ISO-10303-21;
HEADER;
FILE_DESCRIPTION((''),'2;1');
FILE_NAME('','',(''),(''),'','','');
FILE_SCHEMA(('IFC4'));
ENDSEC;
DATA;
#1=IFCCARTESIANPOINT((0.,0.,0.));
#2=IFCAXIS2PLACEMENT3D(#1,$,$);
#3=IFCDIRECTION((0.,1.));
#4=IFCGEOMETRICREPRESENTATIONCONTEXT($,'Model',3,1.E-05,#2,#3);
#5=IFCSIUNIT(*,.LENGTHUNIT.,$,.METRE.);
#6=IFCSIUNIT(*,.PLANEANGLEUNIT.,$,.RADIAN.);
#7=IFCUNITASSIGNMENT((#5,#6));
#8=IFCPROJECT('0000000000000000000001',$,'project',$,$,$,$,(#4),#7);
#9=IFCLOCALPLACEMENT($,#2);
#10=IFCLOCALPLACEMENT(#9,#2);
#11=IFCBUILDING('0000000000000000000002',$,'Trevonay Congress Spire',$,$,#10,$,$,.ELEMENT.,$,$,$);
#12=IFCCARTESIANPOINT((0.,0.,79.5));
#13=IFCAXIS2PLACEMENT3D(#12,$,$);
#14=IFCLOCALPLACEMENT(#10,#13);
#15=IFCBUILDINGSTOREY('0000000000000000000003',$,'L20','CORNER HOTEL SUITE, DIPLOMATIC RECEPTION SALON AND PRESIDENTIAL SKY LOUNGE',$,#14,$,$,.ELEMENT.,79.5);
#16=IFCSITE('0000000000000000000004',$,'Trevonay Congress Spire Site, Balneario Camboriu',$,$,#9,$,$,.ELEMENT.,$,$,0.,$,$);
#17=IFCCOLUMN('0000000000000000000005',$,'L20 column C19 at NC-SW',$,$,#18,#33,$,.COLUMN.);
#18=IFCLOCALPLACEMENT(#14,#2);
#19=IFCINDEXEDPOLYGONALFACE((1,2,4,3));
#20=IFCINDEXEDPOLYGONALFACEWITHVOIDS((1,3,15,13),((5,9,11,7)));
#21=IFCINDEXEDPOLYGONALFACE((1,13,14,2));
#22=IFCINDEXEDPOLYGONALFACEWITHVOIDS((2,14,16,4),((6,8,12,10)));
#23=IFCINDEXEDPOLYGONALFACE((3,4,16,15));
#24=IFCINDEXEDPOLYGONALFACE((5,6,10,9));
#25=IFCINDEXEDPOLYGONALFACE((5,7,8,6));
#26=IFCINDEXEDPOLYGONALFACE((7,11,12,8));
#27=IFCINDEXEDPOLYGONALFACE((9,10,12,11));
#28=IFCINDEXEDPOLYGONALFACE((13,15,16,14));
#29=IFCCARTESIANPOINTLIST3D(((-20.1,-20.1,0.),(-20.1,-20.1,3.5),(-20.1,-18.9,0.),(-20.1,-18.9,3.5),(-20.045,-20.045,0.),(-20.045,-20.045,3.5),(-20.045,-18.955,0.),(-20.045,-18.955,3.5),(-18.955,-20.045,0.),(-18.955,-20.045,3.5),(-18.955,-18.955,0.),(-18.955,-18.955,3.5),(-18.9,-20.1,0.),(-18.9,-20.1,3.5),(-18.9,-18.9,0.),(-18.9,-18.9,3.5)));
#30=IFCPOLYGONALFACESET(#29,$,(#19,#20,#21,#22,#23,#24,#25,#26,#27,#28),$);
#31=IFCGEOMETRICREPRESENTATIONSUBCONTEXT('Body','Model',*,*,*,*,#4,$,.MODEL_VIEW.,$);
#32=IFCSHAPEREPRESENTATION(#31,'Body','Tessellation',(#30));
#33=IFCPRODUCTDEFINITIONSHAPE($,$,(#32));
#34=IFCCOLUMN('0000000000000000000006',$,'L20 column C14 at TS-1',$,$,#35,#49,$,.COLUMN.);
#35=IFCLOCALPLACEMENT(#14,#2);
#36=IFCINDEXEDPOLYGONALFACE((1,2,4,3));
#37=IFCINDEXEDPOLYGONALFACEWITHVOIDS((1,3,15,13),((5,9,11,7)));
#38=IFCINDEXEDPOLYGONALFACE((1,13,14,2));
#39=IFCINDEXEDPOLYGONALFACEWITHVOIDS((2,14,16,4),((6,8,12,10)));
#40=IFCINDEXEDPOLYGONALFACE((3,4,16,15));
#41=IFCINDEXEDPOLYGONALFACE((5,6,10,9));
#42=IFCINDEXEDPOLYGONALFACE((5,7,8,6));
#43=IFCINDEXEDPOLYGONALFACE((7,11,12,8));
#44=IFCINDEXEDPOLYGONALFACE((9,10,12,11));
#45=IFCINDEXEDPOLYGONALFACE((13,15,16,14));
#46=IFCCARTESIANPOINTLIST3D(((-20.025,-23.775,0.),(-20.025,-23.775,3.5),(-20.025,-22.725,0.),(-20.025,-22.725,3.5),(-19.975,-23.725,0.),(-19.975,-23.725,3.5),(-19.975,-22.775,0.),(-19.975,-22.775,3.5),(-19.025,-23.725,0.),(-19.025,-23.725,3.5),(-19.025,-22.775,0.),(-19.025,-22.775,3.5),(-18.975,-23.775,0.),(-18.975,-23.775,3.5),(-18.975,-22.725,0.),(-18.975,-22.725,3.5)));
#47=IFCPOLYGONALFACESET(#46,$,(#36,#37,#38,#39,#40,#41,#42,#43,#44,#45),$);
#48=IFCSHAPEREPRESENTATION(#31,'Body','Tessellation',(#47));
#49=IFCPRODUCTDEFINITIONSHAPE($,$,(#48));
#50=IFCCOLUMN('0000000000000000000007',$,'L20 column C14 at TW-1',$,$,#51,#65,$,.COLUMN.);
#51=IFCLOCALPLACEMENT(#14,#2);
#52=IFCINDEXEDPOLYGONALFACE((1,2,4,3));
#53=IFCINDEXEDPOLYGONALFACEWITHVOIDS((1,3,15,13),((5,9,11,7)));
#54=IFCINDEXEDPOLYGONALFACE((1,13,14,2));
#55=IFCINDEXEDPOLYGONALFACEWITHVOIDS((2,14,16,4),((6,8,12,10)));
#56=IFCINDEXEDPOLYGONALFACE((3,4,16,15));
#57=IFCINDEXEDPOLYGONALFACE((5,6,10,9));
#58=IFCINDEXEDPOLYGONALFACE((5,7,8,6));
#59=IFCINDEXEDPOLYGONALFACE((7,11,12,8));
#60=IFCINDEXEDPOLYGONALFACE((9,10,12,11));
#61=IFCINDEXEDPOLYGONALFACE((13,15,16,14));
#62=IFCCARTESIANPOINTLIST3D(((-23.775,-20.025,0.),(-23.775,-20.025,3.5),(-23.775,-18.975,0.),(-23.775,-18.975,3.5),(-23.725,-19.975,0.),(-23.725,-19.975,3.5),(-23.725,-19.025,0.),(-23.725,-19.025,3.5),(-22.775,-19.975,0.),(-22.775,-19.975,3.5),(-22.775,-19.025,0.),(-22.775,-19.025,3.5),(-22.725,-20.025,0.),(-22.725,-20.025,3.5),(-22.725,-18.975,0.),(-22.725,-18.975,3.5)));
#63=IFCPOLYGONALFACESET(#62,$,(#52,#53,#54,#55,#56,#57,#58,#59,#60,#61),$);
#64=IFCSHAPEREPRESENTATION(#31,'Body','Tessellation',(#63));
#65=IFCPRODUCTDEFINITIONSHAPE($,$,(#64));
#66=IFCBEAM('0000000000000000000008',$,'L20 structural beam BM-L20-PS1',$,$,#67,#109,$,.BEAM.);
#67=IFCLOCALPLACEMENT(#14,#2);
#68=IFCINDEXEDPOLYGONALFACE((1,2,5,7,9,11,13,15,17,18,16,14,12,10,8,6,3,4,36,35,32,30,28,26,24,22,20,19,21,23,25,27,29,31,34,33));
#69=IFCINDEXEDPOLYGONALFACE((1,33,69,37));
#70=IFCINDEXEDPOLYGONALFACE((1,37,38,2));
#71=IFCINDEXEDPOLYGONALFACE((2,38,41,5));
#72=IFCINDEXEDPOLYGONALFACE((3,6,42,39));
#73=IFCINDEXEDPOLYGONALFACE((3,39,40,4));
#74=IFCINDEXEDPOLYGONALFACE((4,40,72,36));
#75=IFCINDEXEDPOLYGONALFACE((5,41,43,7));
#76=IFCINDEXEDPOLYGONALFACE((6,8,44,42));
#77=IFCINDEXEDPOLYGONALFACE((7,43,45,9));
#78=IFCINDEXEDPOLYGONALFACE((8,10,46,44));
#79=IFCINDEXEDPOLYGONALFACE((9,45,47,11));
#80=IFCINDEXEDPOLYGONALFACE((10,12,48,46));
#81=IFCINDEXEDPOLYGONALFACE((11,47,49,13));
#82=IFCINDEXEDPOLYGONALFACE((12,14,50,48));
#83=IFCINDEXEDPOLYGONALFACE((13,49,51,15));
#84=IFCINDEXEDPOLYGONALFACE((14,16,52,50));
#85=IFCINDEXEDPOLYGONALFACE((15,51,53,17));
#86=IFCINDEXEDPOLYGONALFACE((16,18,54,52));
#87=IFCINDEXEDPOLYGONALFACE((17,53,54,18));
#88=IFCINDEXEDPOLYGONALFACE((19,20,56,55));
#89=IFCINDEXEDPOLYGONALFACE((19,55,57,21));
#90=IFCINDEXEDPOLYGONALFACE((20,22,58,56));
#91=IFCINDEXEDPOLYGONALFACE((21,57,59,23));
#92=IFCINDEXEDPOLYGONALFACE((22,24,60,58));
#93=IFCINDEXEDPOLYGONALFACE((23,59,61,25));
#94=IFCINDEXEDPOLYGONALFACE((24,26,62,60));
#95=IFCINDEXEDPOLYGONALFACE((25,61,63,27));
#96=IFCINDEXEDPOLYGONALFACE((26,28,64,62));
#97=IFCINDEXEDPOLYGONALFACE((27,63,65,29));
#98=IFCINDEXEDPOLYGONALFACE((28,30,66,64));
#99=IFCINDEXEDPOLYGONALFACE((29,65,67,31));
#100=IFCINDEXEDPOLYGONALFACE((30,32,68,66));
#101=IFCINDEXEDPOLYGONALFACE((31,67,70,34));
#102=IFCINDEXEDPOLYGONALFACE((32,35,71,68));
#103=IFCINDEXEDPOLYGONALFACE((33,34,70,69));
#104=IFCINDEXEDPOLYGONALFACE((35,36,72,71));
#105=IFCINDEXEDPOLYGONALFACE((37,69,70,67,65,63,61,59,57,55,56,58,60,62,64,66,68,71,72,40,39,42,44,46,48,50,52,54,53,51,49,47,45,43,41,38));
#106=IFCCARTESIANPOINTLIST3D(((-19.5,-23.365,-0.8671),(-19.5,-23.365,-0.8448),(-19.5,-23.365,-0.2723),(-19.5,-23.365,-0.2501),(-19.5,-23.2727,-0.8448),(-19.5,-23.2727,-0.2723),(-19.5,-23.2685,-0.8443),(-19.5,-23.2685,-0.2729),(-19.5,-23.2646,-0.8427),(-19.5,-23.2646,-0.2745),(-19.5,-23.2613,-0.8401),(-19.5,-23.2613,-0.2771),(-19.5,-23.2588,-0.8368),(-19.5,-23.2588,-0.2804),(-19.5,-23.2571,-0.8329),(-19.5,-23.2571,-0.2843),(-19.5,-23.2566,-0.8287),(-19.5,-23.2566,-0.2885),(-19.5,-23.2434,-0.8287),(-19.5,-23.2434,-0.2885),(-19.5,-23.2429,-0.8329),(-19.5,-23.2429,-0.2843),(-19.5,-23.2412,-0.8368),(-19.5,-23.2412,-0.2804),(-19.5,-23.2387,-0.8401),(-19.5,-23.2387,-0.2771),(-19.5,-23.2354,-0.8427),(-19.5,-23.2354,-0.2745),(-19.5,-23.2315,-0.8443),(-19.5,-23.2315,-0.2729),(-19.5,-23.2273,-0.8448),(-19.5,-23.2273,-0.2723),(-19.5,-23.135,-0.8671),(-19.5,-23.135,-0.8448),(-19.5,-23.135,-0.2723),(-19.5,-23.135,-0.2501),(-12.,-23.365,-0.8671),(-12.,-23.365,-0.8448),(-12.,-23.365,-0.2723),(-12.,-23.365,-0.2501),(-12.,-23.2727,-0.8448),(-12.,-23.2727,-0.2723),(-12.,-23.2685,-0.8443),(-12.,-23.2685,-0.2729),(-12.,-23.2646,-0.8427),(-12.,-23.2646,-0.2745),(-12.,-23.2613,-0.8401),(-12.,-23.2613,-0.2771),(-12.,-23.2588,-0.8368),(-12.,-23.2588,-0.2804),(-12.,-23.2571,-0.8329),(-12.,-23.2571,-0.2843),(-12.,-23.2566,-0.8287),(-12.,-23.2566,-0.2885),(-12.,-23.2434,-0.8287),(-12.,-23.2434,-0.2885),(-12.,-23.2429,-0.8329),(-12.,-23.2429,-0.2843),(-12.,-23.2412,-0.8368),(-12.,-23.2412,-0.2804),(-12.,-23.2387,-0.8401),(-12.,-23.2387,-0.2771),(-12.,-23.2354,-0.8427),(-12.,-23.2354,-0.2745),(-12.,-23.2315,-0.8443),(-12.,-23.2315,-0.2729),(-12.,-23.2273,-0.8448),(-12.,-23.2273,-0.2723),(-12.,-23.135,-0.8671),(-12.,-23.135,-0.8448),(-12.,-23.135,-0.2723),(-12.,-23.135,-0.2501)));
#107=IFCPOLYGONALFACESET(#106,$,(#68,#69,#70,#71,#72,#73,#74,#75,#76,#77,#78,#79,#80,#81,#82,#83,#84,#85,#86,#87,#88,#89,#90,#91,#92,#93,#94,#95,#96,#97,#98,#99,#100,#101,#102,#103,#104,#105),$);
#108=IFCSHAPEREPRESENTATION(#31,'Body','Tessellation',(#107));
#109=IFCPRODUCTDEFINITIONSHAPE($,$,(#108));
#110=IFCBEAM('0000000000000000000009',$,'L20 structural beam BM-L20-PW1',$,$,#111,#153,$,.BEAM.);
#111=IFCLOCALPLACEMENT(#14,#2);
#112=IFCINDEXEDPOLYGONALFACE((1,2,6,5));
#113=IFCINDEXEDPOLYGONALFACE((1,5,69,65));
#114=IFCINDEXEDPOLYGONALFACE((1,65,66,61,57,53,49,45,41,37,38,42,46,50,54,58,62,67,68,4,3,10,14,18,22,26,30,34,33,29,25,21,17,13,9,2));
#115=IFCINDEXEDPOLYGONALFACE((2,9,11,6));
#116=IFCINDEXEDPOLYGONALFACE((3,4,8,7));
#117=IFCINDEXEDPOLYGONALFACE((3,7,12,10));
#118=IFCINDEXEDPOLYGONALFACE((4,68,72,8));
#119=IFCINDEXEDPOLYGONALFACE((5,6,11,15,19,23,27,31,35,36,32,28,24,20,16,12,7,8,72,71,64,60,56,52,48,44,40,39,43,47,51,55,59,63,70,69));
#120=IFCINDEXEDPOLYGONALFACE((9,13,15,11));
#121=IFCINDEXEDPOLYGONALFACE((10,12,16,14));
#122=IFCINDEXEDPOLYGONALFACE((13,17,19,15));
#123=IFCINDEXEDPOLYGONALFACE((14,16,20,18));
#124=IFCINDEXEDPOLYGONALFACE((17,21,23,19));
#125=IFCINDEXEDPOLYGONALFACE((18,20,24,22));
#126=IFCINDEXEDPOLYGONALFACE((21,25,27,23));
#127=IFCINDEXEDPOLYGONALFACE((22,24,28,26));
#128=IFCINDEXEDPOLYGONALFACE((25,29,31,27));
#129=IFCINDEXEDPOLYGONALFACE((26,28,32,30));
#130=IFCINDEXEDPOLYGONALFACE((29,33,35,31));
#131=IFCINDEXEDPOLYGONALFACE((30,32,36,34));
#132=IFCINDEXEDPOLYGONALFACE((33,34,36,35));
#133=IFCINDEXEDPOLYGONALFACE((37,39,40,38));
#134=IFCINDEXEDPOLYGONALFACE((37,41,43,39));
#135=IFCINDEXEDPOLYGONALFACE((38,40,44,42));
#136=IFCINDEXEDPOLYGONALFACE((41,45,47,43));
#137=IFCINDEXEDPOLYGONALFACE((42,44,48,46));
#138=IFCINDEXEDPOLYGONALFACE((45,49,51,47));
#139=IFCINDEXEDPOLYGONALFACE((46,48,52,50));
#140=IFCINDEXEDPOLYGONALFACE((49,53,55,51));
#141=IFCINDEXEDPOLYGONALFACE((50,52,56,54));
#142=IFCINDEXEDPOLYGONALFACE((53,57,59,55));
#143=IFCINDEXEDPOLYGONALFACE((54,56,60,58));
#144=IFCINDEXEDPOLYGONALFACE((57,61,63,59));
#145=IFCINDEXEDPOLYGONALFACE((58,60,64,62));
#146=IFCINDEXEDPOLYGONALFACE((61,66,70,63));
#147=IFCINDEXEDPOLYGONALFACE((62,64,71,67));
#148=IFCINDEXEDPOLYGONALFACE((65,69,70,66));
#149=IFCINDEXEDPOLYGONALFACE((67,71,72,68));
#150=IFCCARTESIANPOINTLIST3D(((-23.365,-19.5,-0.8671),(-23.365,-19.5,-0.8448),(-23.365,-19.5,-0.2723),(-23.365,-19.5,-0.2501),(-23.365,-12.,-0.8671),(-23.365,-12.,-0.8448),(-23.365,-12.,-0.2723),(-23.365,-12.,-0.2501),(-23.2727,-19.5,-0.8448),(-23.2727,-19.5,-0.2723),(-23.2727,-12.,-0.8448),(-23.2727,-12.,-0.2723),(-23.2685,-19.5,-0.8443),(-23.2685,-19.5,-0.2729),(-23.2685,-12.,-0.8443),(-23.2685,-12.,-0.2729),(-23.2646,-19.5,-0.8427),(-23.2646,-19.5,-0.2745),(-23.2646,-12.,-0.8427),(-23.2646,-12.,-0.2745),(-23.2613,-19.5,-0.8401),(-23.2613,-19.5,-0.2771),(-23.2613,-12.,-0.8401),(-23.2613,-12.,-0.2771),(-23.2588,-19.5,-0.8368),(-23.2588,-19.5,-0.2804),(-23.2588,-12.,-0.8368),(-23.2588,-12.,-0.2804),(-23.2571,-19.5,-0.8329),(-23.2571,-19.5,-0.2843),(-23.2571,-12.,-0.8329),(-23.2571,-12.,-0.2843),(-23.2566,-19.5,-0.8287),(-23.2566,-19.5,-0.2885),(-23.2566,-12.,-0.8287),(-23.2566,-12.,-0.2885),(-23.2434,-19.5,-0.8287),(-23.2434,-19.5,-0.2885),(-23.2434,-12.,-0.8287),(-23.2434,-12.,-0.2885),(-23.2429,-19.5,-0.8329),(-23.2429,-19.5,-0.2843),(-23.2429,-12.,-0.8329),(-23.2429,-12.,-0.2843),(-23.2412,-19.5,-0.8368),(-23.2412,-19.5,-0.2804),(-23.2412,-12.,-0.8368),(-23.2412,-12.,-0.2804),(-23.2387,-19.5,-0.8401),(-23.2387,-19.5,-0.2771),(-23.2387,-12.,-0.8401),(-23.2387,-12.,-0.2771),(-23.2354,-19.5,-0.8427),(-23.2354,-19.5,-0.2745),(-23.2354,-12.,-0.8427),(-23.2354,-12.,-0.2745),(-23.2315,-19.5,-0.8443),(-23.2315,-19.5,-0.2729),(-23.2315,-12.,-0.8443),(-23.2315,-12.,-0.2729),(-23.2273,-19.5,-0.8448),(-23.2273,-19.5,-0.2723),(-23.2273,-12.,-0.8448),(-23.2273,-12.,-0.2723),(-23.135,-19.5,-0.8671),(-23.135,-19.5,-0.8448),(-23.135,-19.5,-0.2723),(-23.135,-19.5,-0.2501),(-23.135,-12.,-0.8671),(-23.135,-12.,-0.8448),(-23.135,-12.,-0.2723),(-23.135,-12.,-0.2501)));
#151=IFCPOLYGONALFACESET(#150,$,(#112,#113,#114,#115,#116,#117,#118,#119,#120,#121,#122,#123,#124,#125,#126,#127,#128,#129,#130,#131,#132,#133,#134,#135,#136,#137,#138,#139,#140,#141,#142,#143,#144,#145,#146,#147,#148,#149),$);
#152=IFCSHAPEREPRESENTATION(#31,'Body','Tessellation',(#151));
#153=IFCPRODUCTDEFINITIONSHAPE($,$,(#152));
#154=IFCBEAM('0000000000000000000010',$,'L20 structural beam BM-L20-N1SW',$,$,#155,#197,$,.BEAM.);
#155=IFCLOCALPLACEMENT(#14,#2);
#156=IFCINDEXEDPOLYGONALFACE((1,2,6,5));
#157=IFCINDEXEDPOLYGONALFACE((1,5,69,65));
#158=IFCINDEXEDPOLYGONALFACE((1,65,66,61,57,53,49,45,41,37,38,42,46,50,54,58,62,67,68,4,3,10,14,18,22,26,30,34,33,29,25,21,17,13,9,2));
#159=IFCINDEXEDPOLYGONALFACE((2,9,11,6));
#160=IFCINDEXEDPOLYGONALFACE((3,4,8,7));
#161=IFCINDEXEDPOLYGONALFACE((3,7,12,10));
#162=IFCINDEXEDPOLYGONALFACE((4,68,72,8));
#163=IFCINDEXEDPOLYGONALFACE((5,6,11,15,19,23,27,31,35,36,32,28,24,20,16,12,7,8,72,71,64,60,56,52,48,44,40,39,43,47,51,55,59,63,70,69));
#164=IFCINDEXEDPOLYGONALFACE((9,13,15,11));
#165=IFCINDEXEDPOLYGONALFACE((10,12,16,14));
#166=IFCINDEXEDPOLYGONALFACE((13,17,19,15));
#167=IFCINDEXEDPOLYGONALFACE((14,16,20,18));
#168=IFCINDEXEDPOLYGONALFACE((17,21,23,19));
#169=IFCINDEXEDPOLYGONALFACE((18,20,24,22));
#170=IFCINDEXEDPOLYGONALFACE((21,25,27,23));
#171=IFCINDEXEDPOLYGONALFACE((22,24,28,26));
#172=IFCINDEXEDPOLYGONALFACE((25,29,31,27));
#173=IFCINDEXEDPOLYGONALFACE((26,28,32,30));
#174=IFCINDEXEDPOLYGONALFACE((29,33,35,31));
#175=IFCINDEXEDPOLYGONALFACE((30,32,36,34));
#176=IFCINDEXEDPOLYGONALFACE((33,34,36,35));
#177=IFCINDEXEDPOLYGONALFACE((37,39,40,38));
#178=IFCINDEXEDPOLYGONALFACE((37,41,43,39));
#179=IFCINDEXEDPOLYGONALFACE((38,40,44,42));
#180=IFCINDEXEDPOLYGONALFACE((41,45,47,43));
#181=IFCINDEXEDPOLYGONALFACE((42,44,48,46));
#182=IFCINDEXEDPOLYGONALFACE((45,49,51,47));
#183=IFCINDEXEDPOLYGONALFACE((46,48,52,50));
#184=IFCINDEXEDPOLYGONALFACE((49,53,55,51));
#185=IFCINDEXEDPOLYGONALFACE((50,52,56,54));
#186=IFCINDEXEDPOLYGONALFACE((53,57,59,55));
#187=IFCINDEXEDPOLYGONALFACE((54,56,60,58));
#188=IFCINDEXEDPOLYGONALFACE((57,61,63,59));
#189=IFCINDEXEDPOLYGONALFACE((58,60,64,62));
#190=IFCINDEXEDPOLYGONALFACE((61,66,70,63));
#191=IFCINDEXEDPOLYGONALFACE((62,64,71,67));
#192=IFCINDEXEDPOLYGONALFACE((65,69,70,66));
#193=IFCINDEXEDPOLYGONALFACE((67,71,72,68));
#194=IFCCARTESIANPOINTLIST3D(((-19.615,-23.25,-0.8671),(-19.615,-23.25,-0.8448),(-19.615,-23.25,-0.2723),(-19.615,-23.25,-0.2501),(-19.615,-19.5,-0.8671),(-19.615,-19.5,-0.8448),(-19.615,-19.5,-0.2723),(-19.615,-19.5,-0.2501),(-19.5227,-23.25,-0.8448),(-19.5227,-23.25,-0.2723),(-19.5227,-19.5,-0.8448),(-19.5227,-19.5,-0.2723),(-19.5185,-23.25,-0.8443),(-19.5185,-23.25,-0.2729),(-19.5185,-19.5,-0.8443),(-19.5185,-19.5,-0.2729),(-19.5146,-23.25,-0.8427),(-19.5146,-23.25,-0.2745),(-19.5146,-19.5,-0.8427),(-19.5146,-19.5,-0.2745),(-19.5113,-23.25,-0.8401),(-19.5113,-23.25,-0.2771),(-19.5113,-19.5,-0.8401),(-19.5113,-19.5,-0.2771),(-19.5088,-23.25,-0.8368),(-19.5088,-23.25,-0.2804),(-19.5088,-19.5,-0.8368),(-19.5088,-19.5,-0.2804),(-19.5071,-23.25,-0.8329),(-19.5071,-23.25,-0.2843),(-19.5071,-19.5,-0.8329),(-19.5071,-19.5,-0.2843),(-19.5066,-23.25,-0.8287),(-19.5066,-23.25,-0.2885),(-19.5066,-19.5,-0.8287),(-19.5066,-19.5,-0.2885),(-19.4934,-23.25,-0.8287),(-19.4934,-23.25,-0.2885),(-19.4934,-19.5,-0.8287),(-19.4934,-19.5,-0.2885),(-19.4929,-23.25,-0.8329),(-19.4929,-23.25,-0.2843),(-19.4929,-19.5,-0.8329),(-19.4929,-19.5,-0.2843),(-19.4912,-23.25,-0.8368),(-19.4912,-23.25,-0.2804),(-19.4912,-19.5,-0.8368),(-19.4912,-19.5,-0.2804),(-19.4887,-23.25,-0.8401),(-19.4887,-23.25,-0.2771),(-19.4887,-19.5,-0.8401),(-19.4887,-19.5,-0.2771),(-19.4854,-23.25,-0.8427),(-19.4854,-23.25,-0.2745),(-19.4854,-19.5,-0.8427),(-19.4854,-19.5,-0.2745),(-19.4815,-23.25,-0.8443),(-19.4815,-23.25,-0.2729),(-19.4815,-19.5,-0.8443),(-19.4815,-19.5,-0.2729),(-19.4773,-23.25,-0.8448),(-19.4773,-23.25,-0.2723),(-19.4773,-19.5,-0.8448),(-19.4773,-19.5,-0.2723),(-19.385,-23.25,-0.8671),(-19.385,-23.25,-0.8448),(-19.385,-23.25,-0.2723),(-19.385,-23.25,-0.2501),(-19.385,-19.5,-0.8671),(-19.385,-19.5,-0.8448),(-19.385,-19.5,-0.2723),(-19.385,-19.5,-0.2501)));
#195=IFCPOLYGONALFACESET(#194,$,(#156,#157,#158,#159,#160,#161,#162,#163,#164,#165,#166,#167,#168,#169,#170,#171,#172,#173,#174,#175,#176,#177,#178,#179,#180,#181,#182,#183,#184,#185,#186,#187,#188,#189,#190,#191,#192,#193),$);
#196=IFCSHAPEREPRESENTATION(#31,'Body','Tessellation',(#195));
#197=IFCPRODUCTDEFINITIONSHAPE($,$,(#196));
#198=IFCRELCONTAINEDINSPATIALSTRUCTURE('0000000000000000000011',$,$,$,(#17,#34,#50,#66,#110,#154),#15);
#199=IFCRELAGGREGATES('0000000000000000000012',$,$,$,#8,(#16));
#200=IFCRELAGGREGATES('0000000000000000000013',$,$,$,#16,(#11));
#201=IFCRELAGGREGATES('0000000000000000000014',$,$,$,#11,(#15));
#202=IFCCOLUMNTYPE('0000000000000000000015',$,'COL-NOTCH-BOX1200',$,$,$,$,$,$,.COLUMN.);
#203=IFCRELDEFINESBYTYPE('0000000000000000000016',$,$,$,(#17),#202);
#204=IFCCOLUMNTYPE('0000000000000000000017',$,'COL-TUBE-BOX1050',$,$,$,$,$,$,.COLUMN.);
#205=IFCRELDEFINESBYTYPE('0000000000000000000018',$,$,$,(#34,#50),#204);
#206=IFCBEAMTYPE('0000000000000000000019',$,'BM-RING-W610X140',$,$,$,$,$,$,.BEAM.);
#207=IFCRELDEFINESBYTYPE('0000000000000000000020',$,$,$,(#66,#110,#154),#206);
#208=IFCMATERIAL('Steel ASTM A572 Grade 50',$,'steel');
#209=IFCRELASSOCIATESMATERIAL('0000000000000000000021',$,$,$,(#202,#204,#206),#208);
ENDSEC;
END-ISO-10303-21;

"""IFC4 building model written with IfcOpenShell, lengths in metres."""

from ifc_helpers import new_model, si_unit, direction, frame, origin, origin_2d, place, context, subcontext, project, spatial, hollow_rectangle, i_section, extrude, material, material_profile, profile_set, type_object, element, save


model = new_model("IFC4")

# Units and contexts
model_context = context("Model", 3, precision=1e-05, world=origin(), true_north=direction((0.0, 1.0)))
body_context = subcontext(model_context, "Body", "Model", "MODEL_VIEW")
ifc_project = project(units=[si_unit("LENGTHUNIT", "METRE"), si_unit("PLANEANGLEUNIT", "RADIAN")], contexts=[model_context])

# Site, building, storey
site_placement = place(None, origin())
site = spatial("IfcSite", under=ifc_project, at=site_placement, Name="Trevonay Congress Spire Site, Balneario Camboriu", CompositionType="ELEMENT", RefElevation=0.0)
building_placement = place(site_placement, origin())
building = spatial("IfcBuilding", under=site, at=building_placement, Name="Trevonay Congress Spire", CompositionType="ELEMENT")
storey_placement = place(building_placement, frame((0.0, 0.0, 79.5)))
storey = spatial("IfcBuildingStorey", under=building, at=storey_placement, Name="L20", Description="CORNER HOTEL SUITE, DIPLOMATIC RECEPTION SALON AND PRESIDENTIAL SKY LOUNGE", CompositionType="ELEMENT", Elevation=79.5)

# Columns
ifc_material_1 = material(Name="Steel ASTM A572 Grade 50", Category="steel")
ifc_material_profile_1 = material_profile(ifc_material_1, hollow_rectangle(XDim=1.2, YDim=1.2, WallThickness=0.0549, at=origin_2d()), Name="BOX 1200x1200x55")
ifc_profile_set_1 = profile_set([ifc_material_profile_1], Name="Steel ASTM A572 Grade 50")
column_type_1 = type_object("IfcColumnType", Name="COL-NOTCH-BOX1200", PredefinedType="COLUMN", material=ifc_profile_set_1)
column_placement = place(storey_placement, frame((-19.5, -19.5, 0.0), z_axis=(0.0, 0.0, 1.0), x_axis=(1.0, 0.0, 0.0)))
element("IfcColumn", 1, at=column_placement, inside=storey, type_object=column_type_1, Name="L20 column C19 at NC-SW", PredefinedType="COLUMN", context=body_context, shape_type="SweptSolid", body=[
    extrude(hollow_rectangle(XDim=1.2, YDim=1.2, WallThickness=0.0549, at=origin_2d()), origin(), (0.0, 0.0, 1.0), 3.5),
])
ifc_material_profile_2 = material_profile(ifc_material_1, hollow_rectangle(XDim=1.05, YDim=1.05, WallThickness=0.05, at=origin_2d()), Name="BOX 1050x1050x50")
ifc_profile_set_2 = profile_set([ifc_material_profile_2], Name="Steel ASTM A572 Grade 50")
column_type_2 = type_object("IfcColumnType", Name="COL-TUBE-BOX1050", PredefinedType="COLUMN", material=ifc_profile_set_2)
for number, where, z_axis, x_axis, name in (
    (2, (-19.5, -23.25, 0.0), (0.0, 0.0, 1.0), (1.0, 0.0, 0.0), "L20 column C14 at TS-1"),
    (3, (-23.25, -19.5, 0.0), (0.0, 0.0, 1.0), (1.0, 0.0, 0.0), "L20 column C14 at TW-1"),
):
    element("IfcColumn", number, at=place(storey_placement, frame(where, z_axis=z_axis, x_axis=x_axis)), inside=storey, type_object=column_type_2, Name=name, PredefinedType="COLUMN", context=body_context, shape_type="SweptSolid", body=[
        extrude(hollow_rectangle(XDim=1.05, YDim=1.05, WallThickness=0.05, at=origin_2d()), origin(), (0.0, 0.0, 1.0), 3.5),
    ])

# Beams
ifc_material_profile_3 = material_profile(ifc_material_1, i_section(OverallWidth=0.23, OverallDepth=0.6169, WebThickness=0.0132, FlangeThickness=0.0222, FilletRadius=0.0161, at=origin_2d()), Name="W610x140")
ifc_profile_set_3 = profile_set([ifc_material_profile_3], Name="Steel ASTM A572 Grade 50")
beam_type_1 = type_object("IfcBeamType", Name="BM-RING-W610X140", PredefinedType="BEAM", material=ifc_profile_set_3)
for number, where, z_axis, x_axis, name in (
    (4, (-19.5, -23.25, -0.5586), (1.0, 0.0, 0.0), (0.0, 1.0, 0.0), "L20 structural beam BM-L20-PS1"),
    (5, (-23.25, -19.5, -0.5586), (0.0, 1.0, 0.0), (-1.0, 0.0, 0.0), "L20 structural beam BM-L20-PW1"),
):
    element("IfcBeam", number, at=place(storey_placement, frame(where, z_axis=z_axis, x_axis=x_axis)), inside=storey, type_object=beam_type_1, Name=name, PredefinedType="BEAM", context=body_context, shape_type="SweptSolid", body=[
        extrude(i_section(OverallWidth=0.23, OverallDepth=0.6169, WebThickness=0.0132, FlangeThickness=0.0222, FilletRadius=0.0161, at=origin_2d()), origin(), (0.0, 0.0, 1.0), 7.5),
    ])
for number, where, z_axis, x_axis, name in (
    (6, (-19.5, -23.25, -0.5586), (0.0, 1.0, 0.0), (-1.0, 0.0, 0.0), "L20 structural beam BM-L20-N1SW"),
):
    element("IfcBeam", number, at=place(storey_placement, frame(where, z_axis=z_axis, x_axis=x_axis)), inside=storey, type_object=beam_type_1, Name=name, PredefinedType="BEAM", context=body_context, shape_type="SweptSolid", body=[
        extrude(i_section(OverallWidth=0.23, OverallDepth=0.6169, WebThickness=0.0132, FlangeThickness=0.0222, FilletRadius=0.0161, at=origin_2d()), origin(), (0.0, 0.0, 1.0), 3.75),
    ])

save(model, "model.ifc")
